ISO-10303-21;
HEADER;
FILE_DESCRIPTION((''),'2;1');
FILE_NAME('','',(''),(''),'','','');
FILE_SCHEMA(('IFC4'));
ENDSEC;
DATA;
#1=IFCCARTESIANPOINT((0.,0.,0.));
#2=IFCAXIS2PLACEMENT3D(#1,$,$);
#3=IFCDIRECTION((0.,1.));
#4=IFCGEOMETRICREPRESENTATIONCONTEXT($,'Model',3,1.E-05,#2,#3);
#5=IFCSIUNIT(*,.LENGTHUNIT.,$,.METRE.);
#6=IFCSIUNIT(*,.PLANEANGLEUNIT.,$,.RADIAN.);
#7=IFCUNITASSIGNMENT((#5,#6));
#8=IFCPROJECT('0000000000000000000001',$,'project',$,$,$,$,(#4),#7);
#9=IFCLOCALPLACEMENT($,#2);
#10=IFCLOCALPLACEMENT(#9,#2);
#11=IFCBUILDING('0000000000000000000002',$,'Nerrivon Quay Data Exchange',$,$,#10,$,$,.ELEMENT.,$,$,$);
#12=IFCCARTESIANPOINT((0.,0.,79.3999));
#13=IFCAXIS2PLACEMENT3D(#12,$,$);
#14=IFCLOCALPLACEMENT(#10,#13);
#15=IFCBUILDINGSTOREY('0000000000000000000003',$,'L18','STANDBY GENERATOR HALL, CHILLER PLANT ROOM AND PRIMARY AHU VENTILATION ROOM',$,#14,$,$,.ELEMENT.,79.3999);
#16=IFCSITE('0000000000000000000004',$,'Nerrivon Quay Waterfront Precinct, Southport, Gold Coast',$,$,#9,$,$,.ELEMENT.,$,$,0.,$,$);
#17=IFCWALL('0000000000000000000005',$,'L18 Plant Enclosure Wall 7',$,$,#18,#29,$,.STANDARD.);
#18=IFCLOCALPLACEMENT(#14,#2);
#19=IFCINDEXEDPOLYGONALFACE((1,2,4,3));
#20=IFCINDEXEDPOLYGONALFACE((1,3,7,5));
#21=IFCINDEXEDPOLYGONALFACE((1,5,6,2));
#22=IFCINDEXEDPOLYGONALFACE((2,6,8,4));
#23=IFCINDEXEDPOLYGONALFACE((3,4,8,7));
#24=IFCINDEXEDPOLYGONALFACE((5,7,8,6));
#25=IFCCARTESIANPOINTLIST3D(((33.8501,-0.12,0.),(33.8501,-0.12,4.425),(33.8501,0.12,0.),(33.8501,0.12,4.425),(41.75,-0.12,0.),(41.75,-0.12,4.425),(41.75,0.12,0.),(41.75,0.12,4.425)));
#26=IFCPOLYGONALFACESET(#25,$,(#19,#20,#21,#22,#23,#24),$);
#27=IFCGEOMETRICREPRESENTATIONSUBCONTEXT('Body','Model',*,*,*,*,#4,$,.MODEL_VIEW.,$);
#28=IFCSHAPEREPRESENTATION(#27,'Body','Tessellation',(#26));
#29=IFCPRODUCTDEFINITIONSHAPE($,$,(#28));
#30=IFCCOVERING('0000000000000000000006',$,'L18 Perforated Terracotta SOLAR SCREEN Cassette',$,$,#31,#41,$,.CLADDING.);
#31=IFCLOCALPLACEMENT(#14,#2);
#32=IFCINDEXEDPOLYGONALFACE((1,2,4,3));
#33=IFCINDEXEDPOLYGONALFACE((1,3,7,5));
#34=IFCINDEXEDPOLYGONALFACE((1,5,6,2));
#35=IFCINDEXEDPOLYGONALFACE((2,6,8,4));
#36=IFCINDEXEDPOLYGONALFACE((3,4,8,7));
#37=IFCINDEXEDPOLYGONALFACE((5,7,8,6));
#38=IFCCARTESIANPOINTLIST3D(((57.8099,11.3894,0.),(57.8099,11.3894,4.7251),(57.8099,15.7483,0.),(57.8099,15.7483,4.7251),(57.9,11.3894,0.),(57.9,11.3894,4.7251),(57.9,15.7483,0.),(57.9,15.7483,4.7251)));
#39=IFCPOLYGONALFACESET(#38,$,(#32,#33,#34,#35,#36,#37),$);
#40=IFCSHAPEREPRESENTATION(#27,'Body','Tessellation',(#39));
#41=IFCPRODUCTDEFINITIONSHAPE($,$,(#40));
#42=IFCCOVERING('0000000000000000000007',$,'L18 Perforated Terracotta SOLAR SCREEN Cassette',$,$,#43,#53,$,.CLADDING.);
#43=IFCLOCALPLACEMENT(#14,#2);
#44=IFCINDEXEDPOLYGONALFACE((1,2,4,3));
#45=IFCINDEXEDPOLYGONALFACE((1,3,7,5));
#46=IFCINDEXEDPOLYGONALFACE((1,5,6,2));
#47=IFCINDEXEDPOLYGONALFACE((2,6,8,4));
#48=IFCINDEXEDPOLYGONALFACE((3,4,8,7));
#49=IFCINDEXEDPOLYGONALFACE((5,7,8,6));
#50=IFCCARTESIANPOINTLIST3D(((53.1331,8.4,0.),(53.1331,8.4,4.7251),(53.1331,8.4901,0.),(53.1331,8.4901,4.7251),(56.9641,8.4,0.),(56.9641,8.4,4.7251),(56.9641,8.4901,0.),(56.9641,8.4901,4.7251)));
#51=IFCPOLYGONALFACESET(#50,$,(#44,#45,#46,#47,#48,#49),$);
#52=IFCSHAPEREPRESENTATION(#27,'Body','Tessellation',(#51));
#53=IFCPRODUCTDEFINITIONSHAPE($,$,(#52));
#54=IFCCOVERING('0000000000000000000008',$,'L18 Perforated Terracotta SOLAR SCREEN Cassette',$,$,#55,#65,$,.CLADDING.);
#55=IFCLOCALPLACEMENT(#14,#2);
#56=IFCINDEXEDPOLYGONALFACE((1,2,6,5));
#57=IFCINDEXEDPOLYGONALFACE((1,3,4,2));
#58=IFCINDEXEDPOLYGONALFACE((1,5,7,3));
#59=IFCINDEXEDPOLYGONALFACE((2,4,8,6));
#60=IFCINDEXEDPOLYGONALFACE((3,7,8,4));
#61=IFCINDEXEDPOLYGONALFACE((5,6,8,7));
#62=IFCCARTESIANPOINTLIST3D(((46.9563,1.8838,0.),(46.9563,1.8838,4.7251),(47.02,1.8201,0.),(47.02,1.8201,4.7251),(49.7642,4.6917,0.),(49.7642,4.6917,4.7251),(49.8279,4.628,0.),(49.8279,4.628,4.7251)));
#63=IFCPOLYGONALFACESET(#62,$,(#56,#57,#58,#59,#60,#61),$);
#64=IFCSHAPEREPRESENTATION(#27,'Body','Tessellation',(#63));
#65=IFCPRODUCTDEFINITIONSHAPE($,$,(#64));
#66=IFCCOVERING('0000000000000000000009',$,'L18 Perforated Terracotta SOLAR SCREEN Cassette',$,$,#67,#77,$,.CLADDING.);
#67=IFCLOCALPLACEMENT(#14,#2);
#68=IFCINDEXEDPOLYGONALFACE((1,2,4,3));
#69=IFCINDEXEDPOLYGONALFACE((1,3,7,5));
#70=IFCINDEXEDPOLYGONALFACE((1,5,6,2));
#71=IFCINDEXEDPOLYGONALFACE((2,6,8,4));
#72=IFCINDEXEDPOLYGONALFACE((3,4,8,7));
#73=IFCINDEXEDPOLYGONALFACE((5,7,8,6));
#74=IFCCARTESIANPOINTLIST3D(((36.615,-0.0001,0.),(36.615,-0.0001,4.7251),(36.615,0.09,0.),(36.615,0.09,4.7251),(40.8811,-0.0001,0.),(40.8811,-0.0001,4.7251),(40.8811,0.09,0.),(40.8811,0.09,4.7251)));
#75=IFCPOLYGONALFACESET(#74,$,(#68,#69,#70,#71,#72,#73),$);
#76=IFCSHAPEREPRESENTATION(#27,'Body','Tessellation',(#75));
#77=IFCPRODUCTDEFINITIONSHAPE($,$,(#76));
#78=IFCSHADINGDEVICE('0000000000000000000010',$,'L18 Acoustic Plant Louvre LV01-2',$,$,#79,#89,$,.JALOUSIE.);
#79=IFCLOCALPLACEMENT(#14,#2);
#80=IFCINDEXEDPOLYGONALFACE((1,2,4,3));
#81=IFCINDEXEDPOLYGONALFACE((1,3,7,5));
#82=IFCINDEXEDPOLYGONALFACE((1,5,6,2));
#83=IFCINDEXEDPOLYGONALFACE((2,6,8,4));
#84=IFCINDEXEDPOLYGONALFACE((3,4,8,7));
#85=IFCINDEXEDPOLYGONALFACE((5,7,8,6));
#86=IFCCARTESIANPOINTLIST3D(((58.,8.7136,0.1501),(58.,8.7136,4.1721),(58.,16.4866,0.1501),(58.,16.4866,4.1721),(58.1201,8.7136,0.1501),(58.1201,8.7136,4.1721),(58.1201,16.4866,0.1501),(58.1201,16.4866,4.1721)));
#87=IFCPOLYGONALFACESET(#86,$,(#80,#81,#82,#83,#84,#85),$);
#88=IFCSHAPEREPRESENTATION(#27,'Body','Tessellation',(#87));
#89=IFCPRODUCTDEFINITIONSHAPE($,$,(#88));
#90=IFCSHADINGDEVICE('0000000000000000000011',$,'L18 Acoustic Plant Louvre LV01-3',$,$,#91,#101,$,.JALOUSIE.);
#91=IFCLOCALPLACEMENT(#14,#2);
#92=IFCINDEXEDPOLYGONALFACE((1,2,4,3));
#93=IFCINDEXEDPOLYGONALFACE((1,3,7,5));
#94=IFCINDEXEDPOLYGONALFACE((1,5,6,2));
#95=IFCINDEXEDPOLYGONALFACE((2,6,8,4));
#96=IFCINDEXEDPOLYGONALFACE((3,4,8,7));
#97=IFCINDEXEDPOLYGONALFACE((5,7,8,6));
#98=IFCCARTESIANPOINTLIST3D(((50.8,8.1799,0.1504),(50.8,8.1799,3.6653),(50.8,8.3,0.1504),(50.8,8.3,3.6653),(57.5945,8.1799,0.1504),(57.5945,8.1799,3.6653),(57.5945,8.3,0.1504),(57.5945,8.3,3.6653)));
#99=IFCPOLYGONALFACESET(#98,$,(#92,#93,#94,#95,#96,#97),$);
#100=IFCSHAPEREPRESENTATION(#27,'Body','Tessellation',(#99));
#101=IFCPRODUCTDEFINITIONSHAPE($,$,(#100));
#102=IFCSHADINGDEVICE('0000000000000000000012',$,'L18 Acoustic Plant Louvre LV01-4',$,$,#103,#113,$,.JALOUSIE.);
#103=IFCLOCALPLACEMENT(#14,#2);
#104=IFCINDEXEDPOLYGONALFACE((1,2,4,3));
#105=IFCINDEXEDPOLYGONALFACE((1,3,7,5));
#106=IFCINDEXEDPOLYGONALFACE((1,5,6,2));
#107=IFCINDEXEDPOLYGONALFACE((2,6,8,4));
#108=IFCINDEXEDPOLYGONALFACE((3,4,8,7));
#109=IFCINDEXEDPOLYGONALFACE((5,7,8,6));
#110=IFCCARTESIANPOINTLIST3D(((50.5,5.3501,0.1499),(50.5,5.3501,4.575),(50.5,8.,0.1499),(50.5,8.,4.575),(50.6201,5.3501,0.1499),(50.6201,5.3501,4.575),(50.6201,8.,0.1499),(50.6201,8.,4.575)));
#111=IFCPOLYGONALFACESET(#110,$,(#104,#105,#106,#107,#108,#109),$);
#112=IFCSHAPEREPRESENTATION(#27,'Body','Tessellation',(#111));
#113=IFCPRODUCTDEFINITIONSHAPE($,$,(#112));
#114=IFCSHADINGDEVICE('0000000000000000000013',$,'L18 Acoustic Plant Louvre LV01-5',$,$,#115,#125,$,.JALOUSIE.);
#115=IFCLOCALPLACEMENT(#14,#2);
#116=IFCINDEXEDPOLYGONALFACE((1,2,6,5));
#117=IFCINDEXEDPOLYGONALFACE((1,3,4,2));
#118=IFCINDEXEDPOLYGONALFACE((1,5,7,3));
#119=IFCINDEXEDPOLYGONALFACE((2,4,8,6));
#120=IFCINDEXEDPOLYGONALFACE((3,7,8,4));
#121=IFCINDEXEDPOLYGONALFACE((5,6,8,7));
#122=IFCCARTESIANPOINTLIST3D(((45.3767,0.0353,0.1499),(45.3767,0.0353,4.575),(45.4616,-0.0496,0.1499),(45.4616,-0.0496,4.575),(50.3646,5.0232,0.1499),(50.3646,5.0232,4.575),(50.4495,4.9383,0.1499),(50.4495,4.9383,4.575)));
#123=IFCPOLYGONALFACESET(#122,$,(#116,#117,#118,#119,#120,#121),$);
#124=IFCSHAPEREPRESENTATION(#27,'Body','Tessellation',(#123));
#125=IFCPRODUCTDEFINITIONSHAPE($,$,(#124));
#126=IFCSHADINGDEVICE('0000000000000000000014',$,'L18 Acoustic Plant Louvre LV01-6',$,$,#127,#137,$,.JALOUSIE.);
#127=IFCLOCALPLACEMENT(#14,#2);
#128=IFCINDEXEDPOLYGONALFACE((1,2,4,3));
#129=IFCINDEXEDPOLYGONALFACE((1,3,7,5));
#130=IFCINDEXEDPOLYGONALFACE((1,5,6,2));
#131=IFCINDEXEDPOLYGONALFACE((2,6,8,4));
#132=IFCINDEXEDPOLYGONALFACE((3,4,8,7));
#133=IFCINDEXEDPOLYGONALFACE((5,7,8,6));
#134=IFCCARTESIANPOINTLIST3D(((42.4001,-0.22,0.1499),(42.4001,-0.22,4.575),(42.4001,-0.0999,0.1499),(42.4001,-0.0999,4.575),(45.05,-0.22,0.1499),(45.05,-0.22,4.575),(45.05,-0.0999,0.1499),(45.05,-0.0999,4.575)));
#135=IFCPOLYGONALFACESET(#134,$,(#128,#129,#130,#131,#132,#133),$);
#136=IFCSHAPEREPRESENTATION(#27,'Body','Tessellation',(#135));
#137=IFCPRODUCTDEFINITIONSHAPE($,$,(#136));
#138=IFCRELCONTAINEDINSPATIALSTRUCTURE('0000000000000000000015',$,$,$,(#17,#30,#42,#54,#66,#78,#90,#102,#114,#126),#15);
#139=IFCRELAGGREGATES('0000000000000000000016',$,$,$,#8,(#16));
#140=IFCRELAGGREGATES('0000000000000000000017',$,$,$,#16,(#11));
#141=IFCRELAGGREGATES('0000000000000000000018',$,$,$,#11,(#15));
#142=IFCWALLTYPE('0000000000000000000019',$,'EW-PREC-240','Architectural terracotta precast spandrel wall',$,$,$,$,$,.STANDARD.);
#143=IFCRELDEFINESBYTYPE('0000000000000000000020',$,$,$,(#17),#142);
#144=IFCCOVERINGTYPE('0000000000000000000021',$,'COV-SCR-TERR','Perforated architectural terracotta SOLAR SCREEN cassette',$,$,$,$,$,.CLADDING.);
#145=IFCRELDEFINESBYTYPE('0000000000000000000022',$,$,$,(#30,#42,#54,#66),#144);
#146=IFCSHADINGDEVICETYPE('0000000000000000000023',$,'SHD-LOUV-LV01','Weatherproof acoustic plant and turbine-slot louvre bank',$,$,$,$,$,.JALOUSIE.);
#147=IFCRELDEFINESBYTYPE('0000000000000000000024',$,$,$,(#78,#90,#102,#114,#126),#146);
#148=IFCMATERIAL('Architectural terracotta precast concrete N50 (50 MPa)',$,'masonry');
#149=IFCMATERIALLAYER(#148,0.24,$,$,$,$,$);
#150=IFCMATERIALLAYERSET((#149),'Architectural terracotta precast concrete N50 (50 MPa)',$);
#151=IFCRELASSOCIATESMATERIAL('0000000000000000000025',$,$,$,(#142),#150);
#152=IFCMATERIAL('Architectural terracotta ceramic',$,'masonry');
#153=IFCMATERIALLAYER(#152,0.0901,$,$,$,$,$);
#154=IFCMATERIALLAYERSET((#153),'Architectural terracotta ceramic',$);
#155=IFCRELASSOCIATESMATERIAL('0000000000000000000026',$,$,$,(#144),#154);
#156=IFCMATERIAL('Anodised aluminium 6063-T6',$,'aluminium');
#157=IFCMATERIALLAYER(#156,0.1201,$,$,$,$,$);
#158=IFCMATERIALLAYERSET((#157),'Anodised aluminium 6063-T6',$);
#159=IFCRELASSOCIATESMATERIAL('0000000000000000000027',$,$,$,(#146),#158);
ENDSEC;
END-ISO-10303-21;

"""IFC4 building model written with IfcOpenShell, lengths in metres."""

from ifc_helpers import new_model, si_unit, direction, frame, frame_2d, origin, origin_2d, place, context, subcontext, project, spatial, rectangle, extrude, material, layer, layer_set, type_object, element, save


model = new_model("IFC4")

# Units and contexts
model_context = context("Model", 3, precision=1e-05, world=origin(), true_north=direction((0.0, 1.0)))
body_context = subcontext(model_context, "Body", "Model", "MODEL_VIEW")
ifc_project = project(units=[si_unit("LENGTHUNIT", "METRE"), si_unit("PLANEANGLEUNIT", "RADIAN")], contexts=[model_context])

# Site, building, storey
site_placement = place(None, origin())
site = spatial("IfcSite", under=ifc_project, at=site_placement, Name="Nerrivon Quay Waterfront Precinct, Southport, Gold Coast", CompositionType="ELEMENT", RefElevation=0.0)
building_placement = place(site_placement, origin())
building = spatial("IfcBuilding", under=site, at=building_placement, Name="Nerrivon Quay Data Exchange", CompositionType="ELEMENT")
storey_placement = place(building_placement, frame((0.0, 0.0, 79.3999)))
storey = spatial("IfcBuildingStorey", under=building, at=storey_placement, Name="L18", Description="STANDBY GENERATOR HALL, CHILLER PLANT ROOM AND PRIMARY AHU VENTILATION ROOM", CompositionType="ELEMENT", Elevation=79.3999)

# Wall
ifc_material_1 = material(Name="Architectural terracotta precast concrete N50 (50 MPa)", Category="masonry")
ifc_layer_1 = layer(ifc_material_1, 0.24)
ifc_layer_set_1 = layer_set([ifc_layer_1], Name="Architectural terracotta precast concrete N50 (50 MPa)")
wall_type = type_object("IfcWallType", Name="EW-PREC-240", Description="Architectural terracotta precast spandrel wall", PredefinedType="STANDARD", material=ifc_layer_set_1)
wall_1_placement = place(storey_placement, frame((41.75, 0.0, 0.0), z_axis=(0.0, 0.0, 1.0), x_axis=(-1.0, 0.0, 0.0)))
element("IfcWall", 1, at=wall_1_placement, inside=storey, type_object=wall_type, Name="L18 Plant Enclosure Wall 7", PredefinedType="STANDARD", context=body_context, shape_type="SweptSolid", body=[
    extrude(rectangle(XDim=7.8999, YDim=0.24, at=frame_2d((3.95, 0.0))), origin(), (0.0, 0.0, 1.0), 4.425),
])

# Coverings
ifc_material_2 = material(Name="Architectural terracotta ceramic", Category="masonry")
ifc_layer_2 = layer(ifc_material_2, 0.0901)
ifc_layer_set_2 = layer_set([ifc_layer_2], Name="Architectural terracotta ceramic")
covering_type = type_object("IfcCoveringType", Name="COV-SCR-TERR", Description="Perforated architectural terracotta SOLAR SCREEN cassette", PredefinedType="CLADDING", material=ifc_layer_set_2)
covering_1_placement = place(storey_placement, frame((57.855, 13.5688, 0.0), z_axis=(0.0, 0.0, 1.0), x_axis=(0.0, -1.0, 0.0)))
element("IfcCovering", 2, at=covering_1_placement, inside=storey, type_object=covering_type, Name="L18 Perforated Terracotta SOLAR SCREEN Cassette", PredefinedType="CLADDING", context=body_context, shape_type="SweptSolid", body=[
    extrude(rectangle(XDim=4.3589, YDim=0.0901, at=origin_2d()), origin(), (0.0, 0.0, 1.0), 4.7251),
])
covering_2_placement = place(storey_placement, frame((55.0486, 8.4451, 0.0), z_axis=(0.0, 0.0, 1.0), x_axis=(-1.0, 0.0, 0.0)))
element("IfcCovering", 3, at=covering_2_placement, inside=storey, type_object=covering_type, Name="L18 Perforated Terracotta SOLAR SCREEN Cassette", PredefinedType="CLADDING", context=body_context, shape_type="SweptSolid", body=[
    extrude(rectangle(XDim=3.8311, YDim=0.0901, at=origin_2d()), origin(), (0.0, 0.0, 1.0), 4.7251),
])
covering_3_placement = place(storey_placement, frame((48.3921, 3.2559, 0.0), z_axis=(0.0, 0.0, 1.0), x_axis=(-0.707107, -0.707107, 0.0)))
element("IfcCovering", 4, at=covering_3_placement, inside=storey, type_object=covering_type, Name="L18 Perforated Terracotta SOLAR SCREEN Cassette", PredefinedType="CLADDING", context=body_context, shape_type="SweptSolid", body=[
    extrude(rectangle(XDim=3.9709, YDim=0.0901, at=origin_2d()), origin(), (0.0, 0.0, 1.0), 4.7251),
])
covering_4_placement = place(storey_placement, frame((38.748, 0.0449, 0.0), z_axis=(0.0, 0.0, 1.0), x_axis=(-1.0, 0.0, 0.0)))
element("IfcCovering", 5, at=covering_4_placement, inside=storey, type_object=covering_type, Name="L18 Perforated Terracotta SOLAR SCREEN Cassette", PredefinedType="CLADDING", context=body_context, shape_type="SweptSolid", body=[
    extrude(rectangle(XDim=4.2661, YDim=0.0901, at=origin_2d()), origin(), (0.0, 0.0, 1.0), 4.7251),
])

# Shading devices
ifc_material_3 = material(Name="Anodised aluminium 6063-T6", Category="aluminium")
ifc_layer_3 = layer(ifc_material_3, 0.1201)
ifc_layer_set_3 = layer_set([ifc_layer_3], Name="Anodised aluminium 6063-T6")
shading_device_type = type_object("IfcShadingDeviceType", Name="SHD-LOUV-LV01", Description="Weatherproof acoustic plant and turbine-slot louvre bank", PredefinedType="JALOUSIE", material=ifc_layer_set_3)
shading_device_1_placement = place(storey_placement, frame((58.0601, 12.6001, 0.1501), z_axis=(0.0, 0.0, 1.0), x_axis=(0.0, -1.0, 0.0)))
element("IfcShadingDevice", 6, at=shading_device_1_placement, inside=storey, type_object=shading_device_type, Name="L18 Acoustic Plant Louvre LV01-2", PredefinedType="JALOUSIE", context=body_context, shape_type="SweptSolid", body=[
    extrude(rectangle(XDim=7.7729, YDim=0.1201, at=origin_2d()), origin(), (0.0, 0.0, 1.0), 4.022),
])
shading_device_2_placement = place(storey_placement, frame((54.1973, 8.24, 0.1504), z_axis=(0.0, 0.0, 1.0), x_axis=(-1.0, 0.0, 0.0)))
element("IfcShadingDevice", 7, at=shading_device_2_placement, inside=storey, type_object=shading_device_type, Name="L18 Acoustic Plant Louvre LV01-3", PredefinedType="JALOUSIE", context=body_context, shape_type="SweptSolid", body=[
    extrude(rectangle(XDim=6.7944, YDim=0.1201, at=origin_2d()), origin(), (0.0, 0.0, 1.0), 3.5149),
])
shading_device_3_placement = place(storey_placement, frame((50.5601, 6.675, 0.1499), z_axis=(0.0, 0.0, 1.0), x_axis=(0.0, -1.0, 0.0)))
element("IfcShadingDevice", 8, at=shading_device_3_placement, inside=storey, type_object=shading_device_type, Name="L18 Acoustic Plant Louvre LV01-4", PredefinedType="JALOUSIE", context=body_context, shape_type="SweptSolid", body=[
    extrude(rectangle(XDim=2.6499, YDim=0.1201, at=origin_2d()), origin(), (0.0, 0.0, 1.0), 4.425),
])
shading_device_4_placement = place(storey_placement, frame((47.9131, 2.4868, 0.1499), z_axis=(0.0, 0.0, 1.0), x_axis=(-0.707107, -0.707107, 0.0)))
element("IfcShadingDevice", 9, at=shading_device_4_placement, inside=storey, type_object=shading_device_type, Name="L18 Acoustic Plant Louvre LV01-5", PredefinedType="JALOUSIE", context=body_context, shape_type="SweptSolid", body=[
    extrude(rectangle(XDim=7.054, YDim=0.1201, at=origin_2d()), origin(), (0.0, 0.0, 1.0), 4.425),
])
shading_device_5_placement = place(storey_placement, frame((43.7251, -0.1599, 0.1499), z_axis=(0.0, 0.0, 1.0), x_axis=(-1.0, 0.0, 0.0)))
element("IfcShadingDevice", 10, at=shading_device_5_placement, inside=storey, type_object=shading_device_type, Name="L18 Acoustic Plant Louvre LV01-6", PredefinedType="JALOUSIE", context=body_context, shape_type="SweptSolid", body=[
    extrude(rectangle(XDim=2.6499, YDim=0.1201, at=origin_2d()), origin(), (0.0, 0.0, 1.0), 4.425),
])

save(model, "model.ifc")
